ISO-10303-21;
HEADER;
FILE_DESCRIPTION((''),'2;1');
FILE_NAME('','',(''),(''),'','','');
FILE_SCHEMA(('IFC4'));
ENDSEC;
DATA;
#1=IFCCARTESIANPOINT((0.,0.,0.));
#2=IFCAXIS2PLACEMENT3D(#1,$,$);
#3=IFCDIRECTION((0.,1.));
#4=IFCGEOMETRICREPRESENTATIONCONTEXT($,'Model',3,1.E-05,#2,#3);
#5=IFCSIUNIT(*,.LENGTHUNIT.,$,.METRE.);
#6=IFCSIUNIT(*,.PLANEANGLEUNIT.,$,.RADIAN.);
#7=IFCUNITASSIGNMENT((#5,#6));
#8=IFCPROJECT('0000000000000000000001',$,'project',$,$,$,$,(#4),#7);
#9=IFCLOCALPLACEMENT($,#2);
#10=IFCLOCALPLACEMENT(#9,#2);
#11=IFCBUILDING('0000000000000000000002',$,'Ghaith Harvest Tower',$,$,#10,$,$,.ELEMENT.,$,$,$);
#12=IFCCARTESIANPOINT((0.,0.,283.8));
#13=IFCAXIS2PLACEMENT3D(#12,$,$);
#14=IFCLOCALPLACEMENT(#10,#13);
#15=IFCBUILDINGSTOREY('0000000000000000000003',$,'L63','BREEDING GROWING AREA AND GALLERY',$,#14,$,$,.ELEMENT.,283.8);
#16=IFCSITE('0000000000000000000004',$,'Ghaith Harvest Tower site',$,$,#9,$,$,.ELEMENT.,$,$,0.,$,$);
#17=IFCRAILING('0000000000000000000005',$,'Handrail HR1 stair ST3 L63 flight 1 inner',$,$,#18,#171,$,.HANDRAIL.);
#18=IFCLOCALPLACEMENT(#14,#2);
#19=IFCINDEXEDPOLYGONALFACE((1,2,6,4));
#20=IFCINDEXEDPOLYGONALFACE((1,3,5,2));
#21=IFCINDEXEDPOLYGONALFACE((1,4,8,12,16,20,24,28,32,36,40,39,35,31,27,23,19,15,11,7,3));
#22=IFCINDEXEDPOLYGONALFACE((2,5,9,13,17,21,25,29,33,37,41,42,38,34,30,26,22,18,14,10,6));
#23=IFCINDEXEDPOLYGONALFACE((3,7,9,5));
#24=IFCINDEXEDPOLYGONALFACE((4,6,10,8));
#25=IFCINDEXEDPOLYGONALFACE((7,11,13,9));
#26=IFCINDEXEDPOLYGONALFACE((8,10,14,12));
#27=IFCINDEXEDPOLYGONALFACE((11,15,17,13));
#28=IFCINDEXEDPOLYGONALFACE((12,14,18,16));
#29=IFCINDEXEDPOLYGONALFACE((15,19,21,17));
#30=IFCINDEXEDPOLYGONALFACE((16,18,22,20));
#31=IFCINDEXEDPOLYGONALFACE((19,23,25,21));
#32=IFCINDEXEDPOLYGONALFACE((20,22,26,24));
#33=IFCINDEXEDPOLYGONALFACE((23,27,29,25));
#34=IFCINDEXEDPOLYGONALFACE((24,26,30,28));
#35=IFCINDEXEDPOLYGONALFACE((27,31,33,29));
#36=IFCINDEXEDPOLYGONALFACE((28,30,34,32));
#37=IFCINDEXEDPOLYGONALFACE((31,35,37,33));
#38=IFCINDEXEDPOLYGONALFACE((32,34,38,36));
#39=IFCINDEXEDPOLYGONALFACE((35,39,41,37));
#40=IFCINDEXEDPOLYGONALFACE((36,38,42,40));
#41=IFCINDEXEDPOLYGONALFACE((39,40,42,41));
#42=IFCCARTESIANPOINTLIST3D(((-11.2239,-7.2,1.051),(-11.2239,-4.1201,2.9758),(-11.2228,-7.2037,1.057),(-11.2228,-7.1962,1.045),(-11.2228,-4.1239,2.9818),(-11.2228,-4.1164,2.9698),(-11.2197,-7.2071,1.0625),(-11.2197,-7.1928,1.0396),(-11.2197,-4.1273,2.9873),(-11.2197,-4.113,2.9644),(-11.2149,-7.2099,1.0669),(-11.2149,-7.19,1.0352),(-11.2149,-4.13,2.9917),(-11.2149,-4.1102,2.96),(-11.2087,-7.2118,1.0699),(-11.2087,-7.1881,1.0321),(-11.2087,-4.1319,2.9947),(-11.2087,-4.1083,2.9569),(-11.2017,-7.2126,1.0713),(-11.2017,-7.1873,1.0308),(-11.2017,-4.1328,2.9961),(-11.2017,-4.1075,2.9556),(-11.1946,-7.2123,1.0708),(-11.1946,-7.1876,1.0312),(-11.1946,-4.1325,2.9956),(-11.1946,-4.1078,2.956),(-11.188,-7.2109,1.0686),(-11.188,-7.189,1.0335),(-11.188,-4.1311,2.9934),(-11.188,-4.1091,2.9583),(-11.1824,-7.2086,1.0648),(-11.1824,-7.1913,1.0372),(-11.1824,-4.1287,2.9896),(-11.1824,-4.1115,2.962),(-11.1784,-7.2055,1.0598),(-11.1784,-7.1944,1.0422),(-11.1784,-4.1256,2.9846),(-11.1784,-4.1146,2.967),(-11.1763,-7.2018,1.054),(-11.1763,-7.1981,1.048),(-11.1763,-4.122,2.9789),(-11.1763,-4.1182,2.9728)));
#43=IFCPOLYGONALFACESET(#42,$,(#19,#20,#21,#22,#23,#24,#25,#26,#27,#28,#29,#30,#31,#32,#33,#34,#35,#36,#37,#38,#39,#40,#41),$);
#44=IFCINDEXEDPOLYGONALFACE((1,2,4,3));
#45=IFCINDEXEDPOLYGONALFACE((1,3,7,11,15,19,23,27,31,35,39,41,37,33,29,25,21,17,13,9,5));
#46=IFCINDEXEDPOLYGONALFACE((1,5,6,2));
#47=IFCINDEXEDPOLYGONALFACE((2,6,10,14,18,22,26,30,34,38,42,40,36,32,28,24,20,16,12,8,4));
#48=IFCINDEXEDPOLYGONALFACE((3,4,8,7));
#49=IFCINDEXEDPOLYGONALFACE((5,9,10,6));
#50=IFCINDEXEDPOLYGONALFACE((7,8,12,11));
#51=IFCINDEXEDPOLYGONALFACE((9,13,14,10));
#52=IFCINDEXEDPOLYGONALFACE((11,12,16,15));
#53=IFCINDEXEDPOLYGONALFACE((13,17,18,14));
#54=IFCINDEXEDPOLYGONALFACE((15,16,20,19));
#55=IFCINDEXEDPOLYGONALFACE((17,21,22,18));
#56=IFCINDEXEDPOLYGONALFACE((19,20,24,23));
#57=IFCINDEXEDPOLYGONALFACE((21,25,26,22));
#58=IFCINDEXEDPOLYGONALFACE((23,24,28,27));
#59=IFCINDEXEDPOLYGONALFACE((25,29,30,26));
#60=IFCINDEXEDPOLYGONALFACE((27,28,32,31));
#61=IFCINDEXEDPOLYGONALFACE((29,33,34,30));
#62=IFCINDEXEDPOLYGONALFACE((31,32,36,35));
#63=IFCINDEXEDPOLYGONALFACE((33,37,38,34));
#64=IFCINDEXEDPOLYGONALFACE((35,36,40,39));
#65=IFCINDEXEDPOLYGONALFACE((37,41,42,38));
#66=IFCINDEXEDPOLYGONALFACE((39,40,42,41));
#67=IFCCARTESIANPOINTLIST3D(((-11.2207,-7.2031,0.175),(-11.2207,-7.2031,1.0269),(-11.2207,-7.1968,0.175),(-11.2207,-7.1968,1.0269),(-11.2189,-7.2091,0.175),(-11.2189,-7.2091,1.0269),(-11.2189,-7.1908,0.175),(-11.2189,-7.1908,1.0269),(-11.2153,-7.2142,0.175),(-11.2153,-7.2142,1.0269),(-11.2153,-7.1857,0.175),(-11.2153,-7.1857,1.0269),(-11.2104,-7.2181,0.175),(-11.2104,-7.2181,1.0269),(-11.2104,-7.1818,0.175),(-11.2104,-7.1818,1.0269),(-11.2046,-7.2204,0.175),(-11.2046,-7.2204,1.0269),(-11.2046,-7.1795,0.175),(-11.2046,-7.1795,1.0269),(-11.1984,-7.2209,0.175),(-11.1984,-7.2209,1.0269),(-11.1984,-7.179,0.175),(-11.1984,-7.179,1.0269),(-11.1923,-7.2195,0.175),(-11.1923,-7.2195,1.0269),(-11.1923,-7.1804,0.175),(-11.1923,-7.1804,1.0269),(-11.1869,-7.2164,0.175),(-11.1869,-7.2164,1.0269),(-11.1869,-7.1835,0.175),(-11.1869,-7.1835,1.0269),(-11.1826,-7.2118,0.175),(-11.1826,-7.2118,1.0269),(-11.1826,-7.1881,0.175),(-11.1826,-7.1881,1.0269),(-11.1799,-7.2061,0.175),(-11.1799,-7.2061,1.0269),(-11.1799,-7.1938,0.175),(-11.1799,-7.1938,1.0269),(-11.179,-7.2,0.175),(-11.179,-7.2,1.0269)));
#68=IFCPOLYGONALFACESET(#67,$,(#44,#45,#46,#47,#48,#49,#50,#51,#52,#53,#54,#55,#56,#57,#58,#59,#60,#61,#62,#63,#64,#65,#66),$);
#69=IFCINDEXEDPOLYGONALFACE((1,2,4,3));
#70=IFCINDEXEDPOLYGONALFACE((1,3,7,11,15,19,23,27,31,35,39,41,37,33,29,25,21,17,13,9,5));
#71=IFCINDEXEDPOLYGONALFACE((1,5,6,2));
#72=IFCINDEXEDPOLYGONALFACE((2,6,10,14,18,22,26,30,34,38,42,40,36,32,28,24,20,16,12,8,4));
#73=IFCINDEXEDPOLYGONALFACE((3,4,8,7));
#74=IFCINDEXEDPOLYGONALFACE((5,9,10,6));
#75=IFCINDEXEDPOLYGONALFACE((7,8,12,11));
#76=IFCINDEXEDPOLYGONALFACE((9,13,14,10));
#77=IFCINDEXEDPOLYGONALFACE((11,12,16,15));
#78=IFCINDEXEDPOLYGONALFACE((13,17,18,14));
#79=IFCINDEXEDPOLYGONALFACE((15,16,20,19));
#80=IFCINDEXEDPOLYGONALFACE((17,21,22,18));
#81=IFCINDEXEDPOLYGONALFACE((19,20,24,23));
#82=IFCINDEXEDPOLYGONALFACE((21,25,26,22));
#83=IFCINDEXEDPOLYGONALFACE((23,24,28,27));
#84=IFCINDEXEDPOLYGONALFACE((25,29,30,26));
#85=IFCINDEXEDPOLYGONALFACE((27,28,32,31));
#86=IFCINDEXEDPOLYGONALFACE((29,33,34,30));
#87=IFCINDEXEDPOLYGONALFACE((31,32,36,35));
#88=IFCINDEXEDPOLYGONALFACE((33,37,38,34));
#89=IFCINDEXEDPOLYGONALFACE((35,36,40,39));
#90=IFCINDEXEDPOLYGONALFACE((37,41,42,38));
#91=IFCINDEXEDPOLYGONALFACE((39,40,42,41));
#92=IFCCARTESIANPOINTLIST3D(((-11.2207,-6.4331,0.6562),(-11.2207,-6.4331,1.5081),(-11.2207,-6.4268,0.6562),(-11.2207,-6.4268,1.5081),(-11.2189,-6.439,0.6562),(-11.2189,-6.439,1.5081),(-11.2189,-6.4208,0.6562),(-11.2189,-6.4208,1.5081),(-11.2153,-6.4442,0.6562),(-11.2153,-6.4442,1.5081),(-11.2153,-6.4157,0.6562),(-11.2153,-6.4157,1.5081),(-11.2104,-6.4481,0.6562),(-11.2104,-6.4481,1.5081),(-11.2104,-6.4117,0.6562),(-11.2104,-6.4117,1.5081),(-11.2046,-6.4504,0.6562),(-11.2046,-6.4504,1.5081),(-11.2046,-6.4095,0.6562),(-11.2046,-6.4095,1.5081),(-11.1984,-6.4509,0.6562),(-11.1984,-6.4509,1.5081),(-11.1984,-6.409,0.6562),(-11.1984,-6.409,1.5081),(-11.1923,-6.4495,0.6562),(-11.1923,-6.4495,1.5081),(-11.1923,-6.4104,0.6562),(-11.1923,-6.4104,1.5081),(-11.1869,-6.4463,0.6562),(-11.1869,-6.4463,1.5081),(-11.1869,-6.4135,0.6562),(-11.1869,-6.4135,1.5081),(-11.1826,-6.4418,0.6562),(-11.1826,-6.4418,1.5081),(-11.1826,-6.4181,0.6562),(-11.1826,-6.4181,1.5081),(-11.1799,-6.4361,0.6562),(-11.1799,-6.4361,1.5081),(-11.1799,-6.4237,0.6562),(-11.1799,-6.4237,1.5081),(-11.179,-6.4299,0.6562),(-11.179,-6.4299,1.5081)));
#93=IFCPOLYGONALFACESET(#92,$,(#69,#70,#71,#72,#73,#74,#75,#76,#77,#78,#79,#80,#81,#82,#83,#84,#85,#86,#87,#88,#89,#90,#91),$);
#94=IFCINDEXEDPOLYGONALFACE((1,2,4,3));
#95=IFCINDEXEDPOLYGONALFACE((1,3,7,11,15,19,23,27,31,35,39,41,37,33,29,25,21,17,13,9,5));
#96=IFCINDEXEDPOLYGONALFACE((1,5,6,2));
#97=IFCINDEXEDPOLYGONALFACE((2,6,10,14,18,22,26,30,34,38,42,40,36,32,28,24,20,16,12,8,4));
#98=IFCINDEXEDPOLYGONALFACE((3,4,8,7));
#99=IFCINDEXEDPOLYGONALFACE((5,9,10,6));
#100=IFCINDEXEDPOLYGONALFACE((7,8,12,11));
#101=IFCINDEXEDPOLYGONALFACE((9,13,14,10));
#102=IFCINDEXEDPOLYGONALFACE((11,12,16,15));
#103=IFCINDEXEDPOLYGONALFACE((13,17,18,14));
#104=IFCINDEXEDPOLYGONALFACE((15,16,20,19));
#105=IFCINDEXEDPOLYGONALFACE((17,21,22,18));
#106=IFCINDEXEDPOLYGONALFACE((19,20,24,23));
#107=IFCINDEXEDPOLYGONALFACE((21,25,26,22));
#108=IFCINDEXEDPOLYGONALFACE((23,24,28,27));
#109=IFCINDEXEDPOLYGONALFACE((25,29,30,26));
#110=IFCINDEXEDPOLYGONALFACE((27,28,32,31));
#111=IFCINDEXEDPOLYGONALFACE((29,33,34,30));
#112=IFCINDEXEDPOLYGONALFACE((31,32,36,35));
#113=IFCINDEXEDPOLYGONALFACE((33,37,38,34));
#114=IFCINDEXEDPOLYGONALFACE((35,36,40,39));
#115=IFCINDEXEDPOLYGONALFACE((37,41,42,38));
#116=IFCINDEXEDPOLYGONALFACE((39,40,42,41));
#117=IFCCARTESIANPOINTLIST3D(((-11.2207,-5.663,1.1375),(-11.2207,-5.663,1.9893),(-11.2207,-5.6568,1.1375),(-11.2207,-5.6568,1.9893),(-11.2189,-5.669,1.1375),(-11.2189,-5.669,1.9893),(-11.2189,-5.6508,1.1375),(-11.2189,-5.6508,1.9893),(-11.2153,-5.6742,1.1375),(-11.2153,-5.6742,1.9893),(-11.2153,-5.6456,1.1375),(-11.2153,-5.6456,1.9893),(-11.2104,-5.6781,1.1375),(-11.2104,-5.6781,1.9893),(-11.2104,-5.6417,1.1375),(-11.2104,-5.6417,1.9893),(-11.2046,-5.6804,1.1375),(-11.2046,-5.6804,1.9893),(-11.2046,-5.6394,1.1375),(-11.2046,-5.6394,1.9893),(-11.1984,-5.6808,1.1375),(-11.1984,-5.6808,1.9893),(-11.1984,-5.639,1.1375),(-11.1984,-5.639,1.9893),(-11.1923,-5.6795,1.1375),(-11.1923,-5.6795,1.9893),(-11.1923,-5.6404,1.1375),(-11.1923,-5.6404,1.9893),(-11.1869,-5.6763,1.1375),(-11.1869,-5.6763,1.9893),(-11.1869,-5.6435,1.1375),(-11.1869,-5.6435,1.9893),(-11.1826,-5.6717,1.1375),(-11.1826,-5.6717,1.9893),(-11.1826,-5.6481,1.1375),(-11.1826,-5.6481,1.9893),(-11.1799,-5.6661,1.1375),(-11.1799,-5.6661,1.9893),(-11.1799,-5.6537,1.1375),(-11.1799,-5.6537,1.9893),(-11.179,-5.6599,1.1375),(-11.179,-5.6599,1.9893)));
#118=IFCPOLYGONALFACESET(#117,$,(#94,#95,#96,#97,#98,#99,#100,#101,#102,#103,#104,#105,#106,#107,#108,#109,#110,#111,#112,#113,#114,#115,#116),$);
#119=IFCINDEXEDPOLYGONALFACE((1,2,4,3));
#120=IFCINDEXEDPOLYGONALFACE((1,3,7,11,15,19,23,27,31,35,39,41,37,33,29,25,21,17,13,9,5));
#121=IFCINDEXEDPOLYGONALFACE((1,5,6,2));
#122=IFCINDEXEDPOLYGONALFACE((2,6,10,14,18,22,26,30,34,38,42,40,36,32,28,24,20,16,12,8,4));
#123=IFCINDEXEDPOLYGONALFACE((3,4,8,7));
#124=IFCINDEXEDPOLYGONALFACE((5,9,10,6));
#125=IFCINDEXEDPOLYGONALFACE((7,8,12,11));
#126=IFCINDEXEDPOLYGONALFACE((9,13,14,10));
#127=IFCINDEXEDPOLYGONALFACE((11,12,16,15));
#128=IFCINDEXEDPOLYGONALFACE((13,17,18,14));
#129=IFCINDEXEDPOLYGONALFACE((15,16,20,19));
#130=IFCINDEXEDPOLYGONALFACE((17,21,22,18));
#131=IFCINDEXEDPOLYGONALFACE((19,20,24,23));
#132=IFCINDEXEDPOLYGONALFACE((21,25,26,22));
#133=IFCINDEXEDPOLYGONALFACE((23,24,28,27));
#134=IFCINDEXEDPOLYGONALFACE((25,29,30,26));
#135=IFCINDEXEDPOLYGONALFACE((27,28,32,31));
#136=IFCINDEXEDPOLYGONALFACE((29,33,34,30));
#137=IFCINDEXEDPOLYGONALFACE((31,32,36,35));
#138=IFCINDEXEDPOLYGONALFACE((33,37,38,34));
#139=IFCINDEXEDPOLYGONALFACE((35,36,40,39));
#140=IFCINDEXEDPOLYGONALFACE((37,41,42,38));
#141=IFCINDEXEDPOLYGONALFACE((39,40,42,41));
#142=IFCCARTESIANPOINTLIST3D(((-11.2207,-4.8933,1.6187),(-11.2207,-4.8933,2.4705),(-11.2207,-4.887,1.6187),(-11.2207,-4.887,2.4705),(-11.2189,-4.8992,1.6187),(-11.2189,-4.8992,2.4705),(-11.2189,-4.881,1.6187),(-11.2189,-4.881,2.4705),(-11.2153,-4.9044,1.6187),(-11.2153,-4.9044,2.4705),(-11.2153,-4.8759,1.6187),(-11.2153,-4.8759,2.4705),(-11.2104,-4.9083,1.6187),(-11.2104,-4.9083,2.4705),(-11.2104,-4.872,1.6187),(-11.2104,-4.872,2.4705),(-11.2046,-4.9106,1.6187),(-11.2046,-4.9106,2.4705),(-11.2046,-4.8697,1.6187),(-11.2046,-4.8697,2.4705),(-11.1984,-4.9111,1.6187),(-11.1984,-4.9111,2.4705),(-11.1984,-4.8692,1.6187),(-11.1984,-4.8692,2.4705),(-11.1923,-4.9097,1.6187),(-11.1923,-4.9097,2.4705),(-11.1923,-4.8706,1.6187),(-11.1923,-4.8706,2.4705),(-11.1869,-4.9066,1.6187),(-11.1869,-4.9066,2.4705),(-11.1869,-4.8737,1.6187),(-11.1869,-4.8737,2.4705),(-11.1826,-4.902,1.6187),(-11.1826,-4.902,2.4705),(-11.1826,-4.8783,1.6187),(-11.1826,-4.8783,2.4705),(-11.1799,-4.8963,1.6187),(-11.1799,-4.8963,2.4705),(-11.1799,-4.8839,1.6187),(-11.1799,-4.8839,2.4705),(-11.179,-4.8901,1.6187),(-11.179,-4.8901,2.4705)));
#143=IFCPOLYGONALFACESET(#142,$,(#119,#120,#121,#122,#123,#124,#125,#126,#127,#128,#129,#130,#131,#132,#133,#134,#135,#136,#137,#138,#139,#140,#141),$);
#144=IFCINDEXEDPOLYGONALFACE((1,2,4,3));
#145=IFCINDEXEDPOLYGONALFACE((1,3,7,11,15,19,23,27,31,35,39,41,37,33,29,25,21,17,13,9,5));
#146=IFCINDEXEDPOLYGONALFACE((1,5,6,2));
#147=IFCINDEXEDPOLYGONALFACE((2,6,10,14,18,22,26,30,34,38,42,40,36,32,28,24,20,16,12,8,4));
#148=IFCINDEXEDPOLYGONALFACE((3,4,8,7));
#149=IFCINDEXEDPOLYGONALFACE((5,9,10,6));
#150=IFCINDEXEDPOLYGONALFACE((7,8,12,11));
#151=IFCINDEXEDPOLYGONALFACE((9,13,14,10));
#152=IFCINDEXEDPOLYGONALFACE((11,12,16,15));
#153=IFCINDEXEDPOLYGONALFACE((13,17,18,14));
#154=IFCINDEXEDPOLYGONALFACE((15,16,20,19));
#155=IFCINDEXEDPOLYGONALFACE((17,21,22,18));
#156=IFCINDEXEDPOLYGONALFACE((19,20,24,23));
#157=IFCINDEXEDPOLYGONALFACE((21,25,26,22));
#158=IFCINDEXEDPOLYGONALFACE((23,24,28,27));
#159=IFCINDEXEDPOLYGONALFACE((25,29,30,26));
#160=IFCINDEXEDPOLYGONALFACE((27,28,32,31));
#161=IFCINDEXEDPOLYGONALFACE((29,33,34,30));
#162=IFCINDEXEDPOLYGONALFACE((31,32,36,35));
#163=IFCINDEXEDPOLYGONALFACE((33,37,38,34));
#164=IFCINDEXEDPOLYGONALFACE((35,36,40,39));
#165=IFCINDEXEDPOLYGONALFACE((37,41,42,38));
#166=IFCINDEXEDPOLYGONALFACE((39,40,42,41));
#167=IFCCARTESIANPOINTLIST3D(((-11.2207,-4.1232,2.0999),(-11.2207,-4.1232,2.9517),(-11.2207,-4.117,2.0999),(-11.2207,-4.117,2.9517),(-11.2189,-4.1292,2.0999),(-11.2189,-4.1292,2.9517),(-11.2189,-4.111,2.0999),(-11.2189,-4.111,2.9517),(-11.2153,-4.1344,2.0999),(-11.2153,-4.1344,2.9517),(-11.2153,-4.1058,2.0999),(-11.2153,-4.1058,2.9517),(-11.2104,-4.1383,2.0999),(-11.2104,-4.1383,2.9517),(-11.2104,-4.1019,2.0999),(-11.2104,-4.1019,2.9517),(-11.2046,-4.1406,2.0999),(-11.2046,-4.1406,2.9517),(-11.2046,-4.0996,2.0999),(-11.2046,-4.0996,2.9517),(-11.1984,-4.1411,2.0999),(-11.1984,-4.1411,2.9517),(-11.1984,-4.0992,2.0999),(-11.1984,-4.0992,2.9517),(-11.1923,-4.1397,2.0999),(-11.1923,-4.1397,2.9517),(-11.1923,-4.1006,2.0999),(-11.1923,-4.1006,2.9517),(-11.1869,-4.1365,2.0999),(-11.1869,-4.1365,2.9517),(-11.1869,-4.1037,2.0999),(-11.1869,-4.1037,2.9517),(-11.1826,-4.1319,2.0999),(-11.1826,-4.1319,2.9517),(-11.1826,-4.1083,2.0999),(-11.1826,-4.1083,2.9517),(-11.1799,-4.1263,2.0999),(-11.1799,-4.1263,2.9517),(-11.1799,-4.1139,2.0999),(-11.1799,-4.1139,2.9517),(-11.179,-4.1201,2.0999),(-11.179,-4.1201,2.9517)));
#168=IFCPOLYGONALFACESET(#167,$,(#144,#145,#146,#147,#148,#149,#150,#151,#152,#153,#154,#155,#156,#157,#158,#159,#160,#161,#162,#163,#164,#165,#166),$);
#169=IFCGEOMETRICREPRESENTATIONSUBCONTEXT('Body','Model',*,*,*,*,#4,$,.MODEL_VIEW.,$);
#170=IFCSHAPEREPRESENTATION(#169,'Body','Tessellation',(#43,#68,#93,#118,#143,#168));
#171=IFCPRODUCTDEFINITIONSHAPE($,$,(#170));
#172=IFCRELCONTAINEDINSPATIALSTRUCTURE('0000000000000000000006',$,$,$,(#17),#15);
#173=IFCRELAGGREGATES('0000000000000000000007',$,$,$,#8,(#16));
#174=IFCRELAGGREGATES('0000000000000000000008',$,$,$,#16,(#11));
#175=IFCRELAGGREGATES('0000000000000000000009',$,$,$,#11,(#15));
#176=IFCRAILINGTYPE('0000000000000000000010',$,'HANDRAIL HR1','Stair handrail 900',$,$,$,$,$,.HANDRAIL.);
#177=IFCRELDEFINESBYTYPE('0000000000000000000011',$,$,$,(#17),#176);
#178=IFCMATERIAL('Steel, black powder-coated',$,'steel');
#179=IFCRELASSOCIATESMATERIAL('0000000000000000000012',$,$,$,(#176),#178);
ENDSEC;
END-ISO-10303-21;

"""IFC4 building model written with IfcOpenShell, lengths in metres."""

from ifc_helpers import new_model, si_unit, direction, frame, origin, origin_2d, place, context, subcontext, project, spatial, circle, extrude, material, type_object, element, save


model = new_model("IFC4")

# Units and contexts
model_context = context("Model", 3, precision=1e-05, world=origin(), true_north=direction((0.0, 1.0)))
body_context = subcontext(model_context, "Body", "Model", "MODEL_VIEW")
ifc_project = project(units=[si_unit("LENGTHUNIT", "METRE"), si_unit("PLANEANGLEUNIT", "RADIAN")], contexts=[model_context])

# Site, building, storey
site_placement = place(None, origin())
site = spatial("IfcSite", under=ifc_project, at=site_placement, Name="Ghaith Harvest Tower site", CompositionType="ELEMENT", RefElevation=0.0)
building_placement = place(site_placement, origin())
building = spatial("IfcBuilding", under=site, at=building_placement, Name="Ghaith Harvest Tower", CompositionType="ELEMENT")
storey_placement = place(building_placement, frame((0.0, 0.0, 283.8)))
storey = spatial("IfcBuildingStorey", under=building, at=storey_placement, Name="L63", Description="BREEDING GROWING AREA AND GALLERY", CompositionType="ELEMENT", Elevation=283.8)

# Railing
ifc_material_1 = material(Name="Steel, black powder-coated", Category="steel")
railing_type = type_object("IfcRailingType", Name="HANDRAIL HR1", Description="Stair handrail 900", PredefinedType="HANDRAIL", material=ifc_material_1)
railing_1_placement = place(storey_placement, frame((-11.2, -7.2, 0.175)))
element("IfcRailing", 1, at=railing_1_placement, inside=storey, type_object=railing_type, Name="Handrail HR1 stair ST3 L63 flight 1 inner", PredefinedType="HANDRAIL", context=body_context, shape_type="SweptSolid", body=[
    extrude(circle(Radius=0.0239, at=origin_2d()), frame((0.0, 0.0, 0.876), z_axis=(0.0, 0.84801, 0.529981), x_axis=(-1.0, 0.0, 0.0)), (0.0, 0.0, 1.0), 3.6318),
    extrude(circle(Radius=0.021, at=origin_2d()), origin(), (0.0, 0.0, 1.0), 0.8518),
    extrude(circle(Radius=0.021, at=origin_2d()), frame((0.0, 0.77, 0.4812)), (0.0, 0.0, 1.0), 0.8518),
    extrude(circle(Radius=0.021, at=origin_2d()), frame((0.0, 1.54, 0.9624)), (0.0, 0.0, 1.0), 0.8518),
    extrude(circle(Radius=0.021, at=origin_2d()), frame((0.0, 2.3098, 1.4436)), (0.0, 0.0, 1.0), 0.8518),
    extrude(circle(Radius=0.021, at=origin_2d()), frame((0.0, 3.0798, 1.9248)), (0.0, 0.0, 1.0), 0.8518),
])

save(model, "model.ifc")
